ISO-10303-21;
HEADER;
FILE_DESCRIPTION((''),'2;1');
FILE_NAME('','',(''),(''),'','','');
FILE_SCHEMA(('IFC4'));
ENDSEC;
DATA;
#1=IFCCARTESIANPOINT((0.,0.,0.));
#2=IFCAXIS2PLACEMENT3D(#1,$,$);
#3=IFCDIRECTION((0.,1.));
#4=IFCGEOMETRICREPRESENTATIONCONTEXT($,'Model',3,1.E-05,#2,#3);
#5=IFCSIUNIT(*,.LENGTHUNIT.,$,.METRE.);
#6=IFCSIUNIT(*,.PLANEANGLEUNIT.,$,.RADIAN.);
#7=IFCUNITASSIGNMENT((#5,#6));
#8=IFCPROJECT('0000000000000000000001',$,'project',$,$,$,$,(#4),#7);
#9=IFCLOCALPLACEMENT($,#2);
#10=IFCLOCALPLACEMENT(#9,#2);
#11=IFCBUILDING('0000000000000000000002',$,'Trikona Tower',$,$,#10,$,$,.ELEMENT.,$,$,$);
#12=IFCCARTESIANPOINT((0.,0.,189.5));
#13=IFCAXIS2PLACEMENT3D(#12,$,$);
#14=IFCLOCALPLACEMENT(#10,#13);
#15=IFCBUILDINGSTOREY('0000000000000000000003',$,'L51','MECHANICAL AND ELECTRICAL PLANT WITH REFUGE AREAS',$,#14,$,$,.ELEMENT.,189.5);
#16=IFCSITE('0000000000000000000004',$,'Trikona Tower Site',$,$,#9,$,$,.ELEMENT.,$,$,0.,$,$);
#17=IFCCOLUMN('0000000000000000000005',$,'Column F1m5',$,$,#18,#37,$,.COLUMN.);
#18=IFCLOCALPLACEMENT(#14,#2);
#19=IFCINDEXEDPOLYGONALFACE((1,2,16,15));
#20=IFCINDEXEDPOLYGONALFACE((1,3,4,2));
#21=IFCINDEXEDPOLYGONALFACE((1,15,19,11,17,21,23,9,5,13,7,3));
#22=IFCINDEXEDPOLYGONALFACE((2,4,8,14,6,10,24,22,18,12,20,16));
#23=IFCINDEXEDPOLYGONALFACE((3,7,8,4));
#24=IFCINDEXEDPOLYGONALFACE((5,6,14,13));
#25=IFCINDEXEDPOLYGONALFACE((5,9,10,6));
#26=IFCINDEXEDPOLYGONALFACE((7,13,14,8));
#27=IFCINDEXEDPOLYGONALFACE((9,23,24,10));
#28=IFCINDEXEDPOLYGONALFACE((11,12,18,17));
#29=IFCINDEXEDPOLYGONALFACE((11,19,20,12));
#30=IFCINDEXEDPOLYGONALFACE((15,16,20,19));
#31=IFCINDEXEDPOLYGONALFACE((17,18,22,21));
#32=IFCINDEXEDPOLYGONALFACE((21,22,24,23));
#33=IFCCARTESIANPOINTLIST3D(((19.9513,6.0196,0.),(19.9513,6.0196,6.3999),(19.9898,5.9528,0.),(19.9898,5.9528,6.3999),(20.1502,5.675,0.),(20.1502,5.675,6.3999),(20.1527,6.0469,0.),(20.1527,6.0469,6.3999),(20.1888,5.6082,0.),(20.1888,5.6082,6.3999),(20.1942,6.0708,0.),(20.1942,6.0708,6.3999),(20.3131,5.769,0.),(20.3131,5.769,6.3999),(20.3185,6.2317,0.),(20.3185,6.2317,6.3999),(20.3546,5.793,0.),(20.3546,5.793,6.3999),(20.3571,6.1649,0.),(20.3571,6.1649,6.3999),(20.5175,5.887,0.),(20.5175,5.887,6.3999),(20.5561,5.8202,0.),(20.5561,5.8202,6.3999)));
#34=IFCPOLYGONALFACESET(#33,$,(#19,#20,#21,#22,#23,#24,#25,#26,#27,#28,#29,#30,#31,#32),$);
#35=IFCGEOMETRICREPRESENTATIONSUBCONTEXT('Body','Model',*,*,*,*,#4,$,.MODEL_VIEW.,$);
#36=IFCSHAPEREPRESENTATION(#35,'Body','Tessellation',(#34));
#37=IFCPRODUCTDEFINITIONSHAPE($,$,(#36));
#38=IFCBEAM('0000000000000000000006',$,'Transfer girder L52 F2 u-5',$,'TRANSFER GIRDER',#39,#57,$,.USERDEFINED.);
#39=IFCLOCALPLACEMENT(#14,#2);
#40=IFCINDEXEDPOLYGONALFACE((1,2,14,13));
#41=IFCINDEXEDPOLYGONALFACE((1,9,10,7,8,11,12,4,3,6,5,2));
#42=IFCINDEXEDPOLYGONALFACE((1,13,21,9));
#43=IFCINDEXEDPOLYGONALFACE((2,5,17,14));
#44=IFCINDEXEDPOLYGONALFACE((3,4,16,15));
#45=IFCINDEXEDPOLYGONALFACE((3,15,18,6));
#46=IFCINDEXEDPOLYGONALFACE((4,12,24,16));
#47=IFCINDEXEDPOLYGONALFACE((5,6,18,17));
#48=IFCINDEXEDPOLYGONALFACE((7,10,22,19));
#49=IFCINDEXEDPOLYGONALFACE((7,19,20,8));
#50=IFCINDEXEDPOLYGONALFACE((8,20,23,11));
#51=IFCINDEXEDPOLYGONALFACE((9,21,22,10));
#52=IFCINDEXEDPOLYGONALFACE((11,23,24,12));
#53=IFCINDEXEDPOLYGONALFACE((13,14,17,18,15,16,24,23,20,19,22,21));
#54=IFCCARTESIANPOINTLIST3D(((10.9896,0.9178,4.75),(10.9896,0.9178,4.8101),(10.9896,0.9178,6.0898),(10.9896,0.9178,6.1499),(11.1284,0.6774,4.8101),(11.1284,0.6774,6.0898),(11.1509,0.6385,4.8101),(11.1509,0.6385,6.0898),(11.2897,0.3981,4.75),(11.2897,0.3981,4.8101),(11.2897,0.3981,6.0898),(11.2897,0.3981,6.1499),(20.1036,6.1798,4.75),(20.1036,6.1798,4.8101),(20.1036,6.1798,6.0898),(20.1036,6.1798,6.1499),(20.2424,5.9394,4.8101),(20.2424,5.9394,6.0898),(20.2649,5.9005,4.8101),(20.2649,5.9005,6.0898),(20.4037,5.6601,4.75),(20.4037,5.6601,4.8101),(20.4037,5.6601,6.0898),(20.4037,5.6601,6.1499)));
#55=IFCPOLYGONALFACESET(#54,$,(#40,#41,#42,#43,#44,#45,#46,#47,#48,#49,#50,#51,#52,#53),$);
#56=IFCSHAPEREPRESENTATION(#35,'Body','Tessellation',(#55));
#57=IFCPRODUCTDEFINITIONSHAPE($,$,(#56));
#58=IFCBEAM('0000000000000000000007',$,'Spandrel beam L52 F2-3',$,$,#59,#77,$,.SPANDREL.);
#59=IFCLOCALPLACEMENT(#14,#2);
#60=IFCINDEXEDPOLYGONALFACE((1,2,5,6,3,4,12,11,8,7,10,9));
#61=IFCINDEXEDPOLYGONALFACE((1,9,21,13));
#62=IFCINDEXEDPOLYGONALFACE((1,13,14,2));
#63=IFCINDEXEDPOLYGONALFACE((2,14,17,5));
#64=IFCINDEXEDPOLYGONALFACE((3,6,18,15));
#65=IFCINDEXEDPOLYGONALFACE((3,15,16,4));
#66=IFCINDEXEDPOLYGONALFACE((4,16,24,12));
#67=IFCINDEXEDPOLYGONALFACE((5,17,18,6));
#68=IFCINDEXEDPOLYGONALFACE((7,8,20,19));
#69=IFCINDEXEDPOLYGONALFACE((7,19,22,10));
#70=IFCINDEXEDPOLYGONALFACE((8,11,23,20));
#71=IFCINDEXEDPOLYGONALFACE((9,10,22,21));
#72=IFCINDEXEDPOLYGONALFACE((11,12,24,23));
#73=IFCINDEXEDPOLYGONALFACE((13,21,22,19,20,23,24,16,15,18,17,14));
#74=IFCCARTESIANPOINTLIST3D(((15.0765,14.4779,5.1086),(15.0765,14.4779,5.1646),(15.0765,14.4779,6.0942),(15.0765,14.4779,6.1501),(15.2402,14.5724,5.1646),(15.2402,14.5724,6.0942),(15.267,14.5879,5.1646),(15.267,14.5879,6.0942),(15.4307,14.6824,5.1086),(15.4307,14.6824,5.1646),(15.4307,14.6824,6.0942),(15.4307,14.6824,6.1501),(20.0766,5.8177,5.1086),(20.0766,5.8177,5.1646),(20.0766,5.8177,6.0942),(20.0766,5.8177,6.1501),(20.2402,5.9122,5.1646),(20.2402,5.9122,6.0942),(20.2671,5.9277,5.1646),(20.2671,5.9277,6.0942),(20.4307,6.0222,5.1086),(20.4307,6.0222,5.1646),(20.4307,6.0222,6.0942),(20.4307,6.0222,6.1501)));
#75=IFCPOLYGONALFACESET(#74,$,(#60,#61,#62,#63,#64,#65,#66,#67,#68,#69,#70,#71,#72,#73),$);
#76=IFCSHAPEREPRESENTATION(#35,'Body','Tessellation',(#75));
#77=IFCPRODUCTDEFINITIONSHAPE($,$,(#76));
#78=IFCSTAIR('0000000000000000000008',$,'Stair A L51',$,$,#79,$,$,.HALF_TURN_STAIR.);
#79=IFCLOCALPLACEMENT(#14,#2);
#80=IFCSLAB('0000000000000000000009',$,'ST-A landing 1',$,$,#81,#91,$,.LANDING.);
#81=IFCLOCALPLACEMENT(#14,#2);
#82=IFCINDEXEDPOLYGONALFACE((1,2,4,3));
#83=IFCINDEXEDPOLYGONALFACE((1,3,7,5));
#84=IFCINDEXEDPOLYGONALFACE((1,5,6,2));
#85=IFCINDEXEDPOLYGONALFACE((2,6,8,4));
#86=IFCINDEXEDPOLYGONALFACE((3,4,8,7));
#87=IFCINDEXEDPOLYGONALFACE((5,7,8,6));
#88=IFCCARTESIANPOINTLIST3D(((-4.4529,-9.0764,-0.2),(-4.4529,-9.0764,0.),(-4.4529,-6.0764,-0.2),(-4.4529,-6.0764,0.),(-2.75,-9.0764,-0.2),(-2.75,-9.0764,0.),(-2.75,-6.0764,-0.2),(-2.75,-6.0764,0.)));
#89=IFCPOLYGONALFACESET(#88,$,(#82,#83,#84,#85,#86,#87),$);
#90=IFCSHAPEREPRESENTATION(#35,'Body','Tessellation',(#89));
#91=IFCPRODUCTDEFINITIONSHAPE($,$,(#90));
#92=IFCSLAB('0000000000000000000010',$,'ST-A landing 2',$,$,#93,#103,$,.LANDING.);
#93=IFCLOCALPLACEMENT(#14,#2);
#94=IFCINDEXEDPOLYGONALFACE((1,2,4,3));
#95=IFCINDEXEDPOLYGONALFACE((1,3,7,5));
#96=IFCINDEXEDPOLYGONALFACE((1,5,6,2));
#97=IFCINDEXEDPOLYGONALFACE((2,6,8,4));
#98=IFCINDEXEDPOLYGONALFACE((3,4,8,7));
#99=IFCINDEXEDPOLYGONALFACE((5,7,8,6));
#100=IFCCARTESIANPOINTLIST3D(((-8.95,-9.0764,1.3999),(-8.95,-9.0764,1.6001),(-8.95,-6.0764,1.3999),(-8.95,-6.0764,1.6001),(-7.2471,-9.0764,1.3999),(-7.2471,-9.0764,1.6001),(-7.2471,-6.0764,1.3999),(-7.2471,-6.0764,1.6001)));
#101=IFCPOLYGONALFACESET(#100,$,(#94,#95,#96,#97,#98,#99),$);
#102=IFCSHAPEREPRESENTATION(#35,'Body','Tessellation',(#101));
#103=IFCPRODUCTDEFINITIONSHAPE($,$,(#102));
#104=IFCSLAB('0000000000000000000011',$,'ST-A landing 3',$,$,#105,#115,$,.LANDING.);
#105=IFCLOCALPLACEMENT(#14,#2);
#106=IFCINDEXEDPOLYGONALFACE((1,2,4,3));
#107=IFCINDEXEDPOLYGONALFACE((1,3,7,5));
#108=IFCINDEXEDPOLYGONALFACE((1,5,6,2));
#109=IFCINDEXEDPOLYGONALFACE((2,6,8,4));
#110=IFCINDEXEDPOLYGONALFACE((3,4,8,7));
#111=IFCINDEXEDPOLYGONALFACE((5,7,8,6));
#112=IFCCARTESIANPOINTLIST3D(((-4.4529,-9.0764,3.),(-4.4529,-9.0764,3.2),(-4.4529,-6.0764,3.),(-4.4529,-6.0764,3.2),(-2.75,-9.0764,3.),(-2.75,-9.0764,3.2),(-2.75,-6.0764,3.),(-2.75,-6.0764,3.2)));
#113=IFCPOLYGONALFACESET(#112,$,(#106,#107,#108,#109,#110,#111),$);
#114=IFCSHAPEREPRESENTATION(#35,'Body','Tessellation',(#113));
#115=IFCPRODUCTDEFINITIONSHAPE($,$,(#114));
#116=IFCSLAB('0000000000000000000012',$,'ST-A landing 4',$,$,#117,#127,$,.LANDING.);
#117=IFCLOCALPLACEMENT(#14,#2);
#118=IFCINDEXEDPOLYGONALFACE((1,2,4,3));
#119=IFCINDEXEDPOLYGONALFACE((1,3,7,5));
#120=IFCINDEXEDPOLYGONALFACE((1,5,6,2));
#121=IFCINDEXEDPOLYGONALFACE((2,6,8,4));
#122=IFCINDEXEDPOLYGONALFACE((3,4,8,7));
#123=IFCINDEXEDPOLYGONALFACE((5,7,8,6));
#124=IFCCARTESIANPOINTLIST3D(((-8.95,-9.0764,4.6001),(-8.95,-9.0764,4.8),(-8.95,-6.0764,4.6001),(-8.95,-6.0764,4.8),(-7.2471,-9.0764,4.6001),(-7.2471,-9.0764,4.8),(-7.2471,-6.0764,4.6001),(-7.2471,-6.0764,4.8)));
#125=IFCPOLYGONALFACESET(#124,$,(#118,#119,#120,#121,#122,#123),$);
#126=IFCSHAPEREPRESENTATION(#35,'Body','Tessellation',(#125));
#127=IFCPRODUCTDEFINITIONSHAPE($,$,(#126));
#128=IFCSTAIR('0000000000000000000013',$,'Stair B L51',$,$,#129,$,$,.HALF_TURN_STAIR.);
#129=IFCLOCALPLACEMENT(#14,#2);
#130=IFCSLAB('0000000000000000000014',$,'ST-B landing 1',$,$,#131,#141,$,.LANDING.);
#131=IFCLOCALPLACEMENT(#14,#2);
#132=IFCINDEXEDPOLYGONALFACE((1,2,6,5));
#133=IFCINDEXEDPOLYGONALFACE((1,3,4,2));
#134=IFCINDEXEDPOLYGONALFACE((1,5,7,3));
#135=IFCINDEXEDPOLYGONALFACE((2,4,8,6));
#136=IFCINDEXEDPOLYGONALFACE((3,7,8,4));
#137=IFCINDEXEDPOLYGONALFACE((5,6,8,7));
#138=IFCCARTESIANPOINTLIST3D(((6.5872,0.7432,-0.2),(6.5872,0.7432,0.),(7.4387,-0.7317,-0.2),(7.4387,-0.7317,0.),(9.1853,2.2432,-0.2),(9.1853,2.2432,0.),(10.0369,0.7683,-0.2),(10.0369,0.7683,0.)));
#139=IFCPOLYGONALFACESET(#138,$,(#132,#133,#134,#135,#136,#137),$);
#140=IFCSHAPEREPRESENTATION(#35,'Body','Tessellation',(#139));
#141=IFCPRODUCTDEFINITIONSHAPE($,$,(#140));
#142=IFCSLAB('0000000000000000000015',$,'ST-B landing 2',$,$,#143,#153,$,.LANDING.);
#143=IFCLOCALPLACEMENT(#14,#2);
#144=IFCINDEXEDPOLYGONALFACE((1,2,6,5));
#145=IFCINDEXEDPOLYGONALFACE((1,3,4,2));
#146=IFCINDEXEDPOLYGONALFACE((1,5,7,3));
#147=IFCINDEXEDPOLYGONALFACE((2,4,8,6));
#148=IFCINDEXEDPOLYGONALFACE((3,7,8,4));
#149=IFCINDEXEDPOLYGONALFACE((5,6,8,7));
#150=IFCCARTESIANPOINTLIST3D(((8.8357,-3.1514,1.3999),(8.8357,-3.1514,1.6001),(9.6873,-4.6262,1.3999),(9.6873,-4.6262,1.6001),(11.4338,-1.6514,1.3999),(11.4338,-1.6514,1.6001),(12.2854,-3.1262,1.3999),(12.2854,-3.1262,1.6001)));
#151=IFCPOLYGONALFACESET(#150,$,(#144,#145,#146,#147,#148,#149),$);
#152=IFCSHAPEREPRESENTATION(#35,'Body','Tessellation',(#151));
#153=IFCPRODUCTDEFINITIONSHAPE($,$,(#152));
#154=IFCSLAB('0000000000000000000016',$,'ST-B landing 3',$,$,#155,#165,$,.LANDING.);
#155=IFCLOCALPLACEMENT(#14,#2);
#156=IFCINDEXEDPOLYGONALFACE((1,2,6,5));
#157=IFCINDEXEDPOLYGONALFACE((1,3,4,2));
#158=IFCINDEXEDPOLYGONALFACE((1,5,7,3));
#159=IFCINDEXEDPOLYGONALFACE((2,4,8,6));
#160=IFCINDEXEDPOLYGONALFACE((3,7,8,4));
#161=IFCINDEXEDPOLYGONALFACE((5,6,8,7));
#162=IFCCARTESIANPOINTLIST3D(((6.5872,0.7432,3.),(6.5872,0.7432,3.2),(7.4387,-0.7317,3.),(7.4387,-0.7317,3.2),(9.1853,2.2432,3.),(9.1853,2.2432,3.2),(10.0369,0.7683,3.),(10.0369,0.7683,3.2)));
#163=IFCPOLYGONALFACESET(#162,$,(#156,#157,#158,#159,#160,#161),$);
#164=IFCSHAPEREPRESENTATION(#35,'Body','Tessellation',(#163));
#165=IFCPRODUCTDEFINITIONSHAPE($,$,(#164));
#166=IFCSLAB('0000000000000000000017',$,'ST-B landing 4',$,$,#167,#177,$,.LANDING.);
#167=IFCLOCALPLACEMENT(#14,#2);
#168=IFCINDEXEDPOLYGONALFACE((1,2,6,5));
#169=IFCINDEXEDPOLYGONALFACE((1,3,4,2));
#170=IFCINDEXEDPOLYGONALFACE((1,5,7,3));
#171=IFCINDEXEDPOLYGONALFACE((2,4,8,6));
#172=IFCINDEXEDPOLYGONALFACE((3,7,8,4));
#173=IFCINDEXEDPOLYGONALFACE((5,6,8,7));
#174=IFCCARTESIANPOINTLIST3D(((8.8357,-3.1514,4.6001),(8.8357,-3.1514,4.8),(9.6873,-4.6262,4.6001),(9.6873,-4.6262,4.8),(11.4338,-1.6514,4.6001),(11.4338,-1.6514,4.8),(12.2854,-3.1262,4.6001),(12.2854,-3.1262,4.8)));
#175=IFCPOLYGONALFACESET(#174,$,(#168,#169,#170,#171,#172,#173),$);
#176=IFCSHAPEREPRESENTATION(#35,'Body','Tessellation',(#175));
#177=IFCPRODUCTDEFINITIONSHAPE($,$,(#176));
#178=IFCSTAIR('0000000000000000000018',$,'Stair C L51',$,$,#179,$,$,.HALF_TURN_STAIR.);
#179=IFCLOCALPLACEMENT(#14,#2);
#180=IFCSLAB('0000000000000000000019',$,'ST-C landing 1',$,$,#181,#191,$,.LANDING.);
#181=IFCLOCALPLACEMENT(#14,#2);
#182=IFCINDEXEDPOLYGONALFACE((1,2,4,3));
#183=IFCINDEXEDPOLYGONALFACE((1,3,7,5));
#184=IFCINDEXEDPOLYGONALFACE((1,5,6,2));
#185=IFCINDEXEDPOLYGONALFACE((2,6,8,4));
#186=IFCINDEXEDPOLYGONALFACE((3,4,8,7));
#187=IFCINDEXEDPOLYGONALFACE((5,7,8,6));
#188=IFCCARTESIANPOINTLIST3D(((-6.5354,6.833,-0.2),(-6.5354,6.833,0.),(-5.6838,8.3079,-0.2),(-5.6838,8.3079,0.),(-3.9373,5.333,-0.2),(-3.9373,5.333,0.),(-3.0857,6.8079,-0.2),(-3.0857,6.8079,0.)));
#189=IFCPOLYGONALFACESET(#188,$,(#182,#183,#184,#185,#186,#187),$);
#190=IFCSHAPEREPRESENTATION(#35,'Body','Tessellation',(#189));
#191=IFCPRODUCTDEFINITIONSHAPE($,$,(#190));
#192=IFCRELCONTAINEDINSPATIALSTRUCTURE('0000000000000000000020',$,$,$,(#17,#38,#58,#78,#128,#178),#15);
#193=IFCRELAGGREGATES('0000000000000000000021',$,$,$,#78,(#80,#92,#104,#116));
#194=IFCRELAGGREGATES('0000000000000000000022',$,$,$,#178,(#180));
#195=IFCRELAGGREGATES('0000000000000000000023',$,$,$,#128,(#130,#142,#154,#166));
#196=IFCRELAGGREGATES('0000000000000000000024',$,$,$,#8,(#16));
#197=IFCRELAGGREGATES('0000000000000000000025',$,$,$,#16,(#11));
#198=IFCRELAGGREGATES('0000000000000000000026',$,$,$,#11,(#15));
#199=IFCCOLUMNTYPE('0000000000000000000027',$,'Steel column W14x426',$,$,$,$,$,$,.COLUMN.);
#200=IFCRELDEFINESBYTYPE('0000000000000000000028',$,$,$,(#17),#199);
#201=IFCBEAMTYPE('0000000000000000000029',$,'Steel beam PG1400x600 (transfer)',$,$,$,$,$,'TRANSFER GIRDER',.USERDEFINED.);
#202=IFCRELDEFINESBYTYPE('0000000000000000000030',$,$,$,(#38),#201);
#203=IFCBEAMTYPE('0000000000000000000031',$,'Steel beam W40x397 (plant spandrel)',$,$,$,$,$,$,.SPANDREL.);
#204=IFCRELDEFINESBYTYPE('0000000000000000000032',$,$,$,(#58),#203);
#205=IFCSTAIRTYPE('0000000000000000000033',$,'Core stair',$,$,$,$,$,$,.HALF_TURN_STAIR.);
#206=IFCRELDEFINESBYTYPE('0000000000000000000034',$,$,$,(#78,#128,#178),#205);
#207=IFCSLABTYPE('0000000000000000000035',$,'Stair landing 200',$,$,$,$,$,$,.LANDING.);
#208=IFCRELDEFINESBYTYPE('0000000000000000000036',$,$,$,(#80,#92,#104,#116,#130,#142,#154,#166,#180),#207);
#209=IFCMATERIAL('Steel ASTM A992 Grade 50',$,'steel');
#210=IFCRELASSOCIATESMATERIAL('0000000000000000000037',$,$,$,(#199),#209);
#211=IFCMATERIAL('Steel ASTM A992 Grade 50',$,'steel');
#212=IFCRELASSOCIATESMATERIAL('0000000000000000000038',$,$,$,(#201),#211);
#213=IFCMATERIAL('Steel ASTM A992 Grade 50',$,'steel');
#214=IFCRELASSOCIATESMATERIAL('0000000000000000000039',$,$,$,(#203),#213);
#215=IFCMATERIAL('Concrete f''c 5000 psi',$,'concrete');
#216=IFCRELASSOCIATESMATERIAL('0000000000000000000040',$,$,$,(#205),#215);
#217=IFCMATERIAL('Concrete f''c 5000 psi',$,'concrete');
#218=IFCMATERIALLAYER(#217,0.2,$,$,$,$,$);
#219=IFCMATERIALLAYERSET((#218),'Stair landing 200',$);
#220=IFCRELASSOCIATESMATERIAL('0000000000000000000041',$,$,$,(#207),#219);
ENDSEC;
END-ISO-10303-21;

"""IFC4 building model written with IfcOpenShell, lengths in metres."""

from ifc_helpers import new_model, si_unit, direction, frame, origin, origin_2d, place, context, subcontext, project, spatial, polyline, i_section, outline, extrude, material, layer, layer_set, material_profile, profile_set, type_object, element, aggregate, save


model = new_model("IFC4")

# Units and contexts
model_context = context("Model", 3, precision=1e-05, world=origin(), true_north=direction((0.0, 1.0)))
body_context = subcontext(model_context, "Body", "Model", "MODEL_VIEW")
ifc_project = project(units=[si_unit("LENGTHUNIT", "METRE"), si_unit("PLANEANGLEUNIT", "RADIAN")], contexts=[model_context])

# Site, building, storey
site_placement = place(None, origin())
site = spatial("IfcSite", under=ifc_project, at=site_placement, Name="Trikona Tower Site", CompositionType="ELEMENT", RefElevation=0.0)
building_placement = place(site_placement, origin())
building = spatial("IfcBuilding", under=site, at=building_placement, Name="Trikona Tower", CompositionType="ELEMENT")
storey_placement = place(building_placement, frame((0.0, 0.0, 189.5)))
storey = spatial("IfcBuildingStorey", under=building, at=storey_placement, Name="L51", Description="MECHANICAL AND ELECTRICAL PLANT WITH REFUGE AREAS", CompositionType="ELEMENT", Elevation=189.5)

# Column
ifc_material_1 = material(Name="Steel ASTM A992 Grade 50", Category="steel")
ifc_material_profile_1 = material_profile(ifc_material_1, i_section(OverallWidth=0.4241, OverallDepth=0.4751, WebThickness=0.0479, FlangeThickness=0.0771, at=origin_2d()), Name="W14X426")
ifc_profile_set_1 = profile_set([ifc_material_profile_1], Name="Steel ASTM A992 Grade 50")
column_type = type_object("IfcColumnType", Name="Steel column W14x426", PredefinedType="COLUMN", material=ifc_profile_set_1)
column_placement = place(storey_placement, frame((20.2537, 5.9199, 0.0), z_axis=(0.0, 0.0, 1.0), x_axis=(0.866025, 0.5, 0.0)))
element("IfcColumn", 1, at=column_placement, inside=storey, type_object=column_type, Name="Column F1m5", PredefinedType="COLUMN", context=body_context, shape_type="SweptSolid", body=[
    extrude(i_section(OverallWidth=0.4241, OverallDepth=0.4751, WebThickness=0.0479, FlangeThickness=0.0771, at=origin_2d()), origin(), (0.0, 0.0, 1.0), 6.3999),
])

# Beams
ifc_material_2 = material(Name="Steel ASTM A992 Grade 50", Category="steel")
ifc_material_profile_2 = material_profile(ifc_material_2, i_section(OverallWidth=0.6001, OverallDepth=1.3999, WebThickness=0.0449, FlangeThickness=0.0601, at=origin_2d()), Name="PG1400X600")
ifc_profile_set_2 = profile_set([ifc_material_profile_2], Name="Steel ASTM A992 Grade 50")
beam_type_1 = type_object("IfcBeamType", Name="Steel beam PG1400x600 (transfer)", ElementType="TRANSFER GIRDER", PredefinedType="USERDEFINED", material=ifc_profile_set_2)
beam_1_placement = place(storey_placement, frame((11.1396, 0.658, 5.45), z_axis=(0.866026, 0.499999, 0.0), x_axis=(-0.499999, 0.866026, 0.0)))
element("IfcBeam", 2, at=beam_1_placement, inside=storey, type_object=beam_type_1, Name="Transfer girder L52 F2 u-5", ObjectType="TRANSFER GIRDER", PredefinedType="USERDEFINED", context=body_context, shape_type="SweptSolid", body=[
    extrude(i_section(OverallWidth=0.6001, OverallDepth=1.3999, WebThickness=0.0449, FlangeThickness=0.0601, at=origin_2d()), origin(), (0.0, 0.0, 1.0), 10.5239),
])
ifc_material_3 = material(Name="Steel ASTM A992 Grade 50", Category="steel")
ifc_material_profile_3 = material_profile(ifc_material_3, i_section(OverallWidth=0.4089, OverallDepth=1.0415, WebThickness=0.031, FlangeThickness=0.0559, at=origin_2d()), Name="W40X397")
ifc_profile_set_3 = profile_set([ifc_material_profile_3], Name="Steel ASTM A992 Grade 50")
beam_type_2 = type_object("IfcBeamType", Name="Steel beam W40x397 (plant spandrel)", PredefinedType="SPANDREL", material=ifc_profile_set_3)
beam_2_placement = place(storey_placement, frame((20.2537, 5.9199, 5.6294), z_axis=(-0.500004, 0.866023, 0.0), x_axis=(-0.866023, -0.500004, 0.0)))
element("IfcBeam", 3, at=beam_2_placement, inside=storey, type_object=beam_type_2, Name="Spandrel beam L52 F2-3", PredefinedType="SPANDREL", context=body_context, shape_type="SweptSolid", body=[
    extrude(i_section(OverallWidth=0.4089, OverallDepth=1.0415, WebThickness=0.031, FlangeThickness=0.0559, at=origin_2d()), origin(), (0.0, 0.0, 1.0), 10.0),
])

# Stairs, slabs
ifc_material_4 = material(Name="Concrete f'c 5000 psi", Category="concrete")
stair_type = type_object("IfcStairType", Name="Core stair", PredefinedType="HALF_TURN_STAIR", material=ifc_material_4)
stair_1_placement = place(storey_placement, origin())
stair_1 = element("IfcStair", 4, at=stair_1_placement, inside=storey, type_object=stair_type, Name="Stair A L51", PredefinedType="HALF_TURN_STAIR")
ifc_material_5 = material(Name="Concrete f'c 5000 psi", Category="concrete")
ifc_layer_1 = layer(ifc_material_5, 0.2)
ifc_layer_set_1 = layer_set([ifc_layer_1], Name="Stair landing 200")
slab_type = type_object("IfcSlabType", Name="Stair landing 200", PredefinedType="LANDING", material=ifc_layer_set_1)
slab_1_placement = place(storey_placement, frame((0.0, 0.0, -0.2)))
slab_1 = element("IfcSlab", 5, at=slab_1_placement, type_object=slab_type, Name="ST-A landing 1", PredefinedType="LANDING", context=body_context, shape_type="SweptSolid", body=[
    extrude(outline(polyline([(-4.4529, -6.0764), (-2.75, -6.0764), (-2.75, -9.0764), (-4.4529, -9.0764), (-4.4529, -6.0764)])), origin(), (0.0, 0.0, 1.0), 0.2),
])
slab_2_placement = place(storey_placement, frame((0.0, 0.0, 1.3999)))
slab_2 = element("IfcSlab", 6, at=slab_2_placement, type_object=slab_type, Name="ST-A landing 2", PredefinedType="LANDING", context=body_context, shape_type="SweptSolid", body=[
    extrude(outline(polyline([(-8.95, -6.0764), (-7.2471, -6.0764), (-7.2471, -9.0764), (-8.95, -9.0764), (-8.95, -6.0764)])), origin(), (0.0, 0.0, 1.0), 0.2002),
])
slab_3_placement = place(storey_placement, frame((0.0, 0.0, 3.0)))
slab_3 = element("IfcSlab", 7, at=slab_3_placement, type_object=slab_type, Name="ST-A landing 3", PredefinedType="LANDING", context=body_context, shape_type="SweptSolid", body=[
    extrude(outline(polyline([(-4.4529, -6.0764), (-2.75, -6.0764), (-2.75, -9.0764), (-4.4529, -9.0764), (-4.4529, -6.0764)])), origin(), (0.0, 0.0, 1.0), 0.2),
])
slab_4_placement = place(storey_placement, frame((0.0, 0.0, 4.6001)))
slab_4 = element("IfcSlab", 8, at=slab_4_placement, type_object=slab_type, Name="ST-A landing 4", PredefinedType="LANDING", context=body_context, shape_type="SweptSolid", body=[
    extrude(outline(polyline([(-8.95, -6.0764), (-7.2471, -6.0764), (-7.2471, -9.0764), (-8.95, -9.0764), (-8.95, -6.0764)])), origin(), (0.0, 0.0, 1.0), 0.2),
])
aggregate(stair_1, [slab_1, slab_2, slab_3, slab_4])
stair_2_placement = place(storey_placement, origin())
stair_2 = element("IfcStair", 9, at=stair_2_placement, inside=storey, type_object=stair_type, Name="Stair B L51", PredefinedType="HALF_TURN_STAIR")
slab_5_placement = place(storey_placement, frame((0.0, 0.0, -0.2)))
slab_5 = element("IfcSlab", 10, at=slab_5_placement, type_object=slab_type, Name="ST-B landing 1", PredefinedType="LANDING", context=body_context, shape_type="SweptSolid", body=[
    extrude(outline(polyline([(7.4387, -0.7317), (6.5872, 0.7432), (9.1853, 2.2432), (10.0369, 0.7683), (7.4387, -0.7317)])), origin(), (0.0, 0.0, 1.0), 0.2),
])
slab_6_placement = place(storey_placement, frame((0.0, 0.0, 1.3999)))
slab_6 = element("IfcSlab", 11, at=slab_6_placement, type_object=slab_type, Name="ST-B landing 2", PredefinedType="LANDING", context=body_context, shape_type="SweptSolid", body=[
    extrude(outline(polyline([(9.6873, -4.6262), (8.8357, -3.1514), (11.4338, -1.6514), (12.2854, -3.1262), (9.6873, -4.6262)])), origin(), (0.0, 0.0, 1.0), 0.2002),
])
slab_7_placement = place(storey_placement, frame((0.0, 0.0, 3.0)))
slab_7 = element("IfcSlab", 12, at=slab_7_placement, type_object=slab_type, Name="ST-B landing 3", PredefinedType="LANDING", context=body_context, shape_type="SweptSolid", body=[
    extrude(outline(polyline([(7.4387, -0.7317), (6.5872, 0.7432), (9.1853, 2.2432), (10.0369, 0.7683), (7.4387, -0.7317)])), origin(), (0.0, 0.0, 1.0), 0.2),
])
slab_8_placement = place(storey_placement, frame((0.0, 0.0, 4.6001)))
slab_8 = element("IfcSlab", 13, at=slab_8_placement, type_object=slab_type, Name="ST-B landing 4", PredefinedType="LANDING", context=body_context, shape_type="SweptSolid", body=[
    extrude(outline(polyline([(9.6873, -4.6262), (8.8357, -3.1514), (11.4338, -1.6514), (12.2854, -3.1262), (9.6873, -4.6262)])), origin(), (0.0, 0.0, 1.0), 0.2),
])
stair_3_placement = place(storey_placement, origin())
stair_3 = element("IfcStair", 14, at=stair_3_placement, inside=storey, type_object=stair_type, Name="Stair C L51", PredefinedType="HALF_TURN_STAIR")
slab_9_placement = place(storey_placement, frame((0.0, 0.0, -0.2)))
slab_9 = element("IfcSlab", 15, at=slab_9_placement, type_object=slab_type, Name="ST-C landing 1", PredefinedType="LANDING", context=body_context, shape_type="SweptSolid", body=[
    extrude(outline(polyline([(-3.0857, 6.8079), (-3.9373, 5.333), (-6.5354, 6.833), (-5.6838, 8.3079), (-3.0857, 6.8079)])), origin(), (0.0, 0.0, 1.0), 0.2),
])
aggregate(stair_3, [slab_9])

aggregate(stair_2, [slab_5, slab_6, slab_7, slab_8])

save(model, "model.ifc")
